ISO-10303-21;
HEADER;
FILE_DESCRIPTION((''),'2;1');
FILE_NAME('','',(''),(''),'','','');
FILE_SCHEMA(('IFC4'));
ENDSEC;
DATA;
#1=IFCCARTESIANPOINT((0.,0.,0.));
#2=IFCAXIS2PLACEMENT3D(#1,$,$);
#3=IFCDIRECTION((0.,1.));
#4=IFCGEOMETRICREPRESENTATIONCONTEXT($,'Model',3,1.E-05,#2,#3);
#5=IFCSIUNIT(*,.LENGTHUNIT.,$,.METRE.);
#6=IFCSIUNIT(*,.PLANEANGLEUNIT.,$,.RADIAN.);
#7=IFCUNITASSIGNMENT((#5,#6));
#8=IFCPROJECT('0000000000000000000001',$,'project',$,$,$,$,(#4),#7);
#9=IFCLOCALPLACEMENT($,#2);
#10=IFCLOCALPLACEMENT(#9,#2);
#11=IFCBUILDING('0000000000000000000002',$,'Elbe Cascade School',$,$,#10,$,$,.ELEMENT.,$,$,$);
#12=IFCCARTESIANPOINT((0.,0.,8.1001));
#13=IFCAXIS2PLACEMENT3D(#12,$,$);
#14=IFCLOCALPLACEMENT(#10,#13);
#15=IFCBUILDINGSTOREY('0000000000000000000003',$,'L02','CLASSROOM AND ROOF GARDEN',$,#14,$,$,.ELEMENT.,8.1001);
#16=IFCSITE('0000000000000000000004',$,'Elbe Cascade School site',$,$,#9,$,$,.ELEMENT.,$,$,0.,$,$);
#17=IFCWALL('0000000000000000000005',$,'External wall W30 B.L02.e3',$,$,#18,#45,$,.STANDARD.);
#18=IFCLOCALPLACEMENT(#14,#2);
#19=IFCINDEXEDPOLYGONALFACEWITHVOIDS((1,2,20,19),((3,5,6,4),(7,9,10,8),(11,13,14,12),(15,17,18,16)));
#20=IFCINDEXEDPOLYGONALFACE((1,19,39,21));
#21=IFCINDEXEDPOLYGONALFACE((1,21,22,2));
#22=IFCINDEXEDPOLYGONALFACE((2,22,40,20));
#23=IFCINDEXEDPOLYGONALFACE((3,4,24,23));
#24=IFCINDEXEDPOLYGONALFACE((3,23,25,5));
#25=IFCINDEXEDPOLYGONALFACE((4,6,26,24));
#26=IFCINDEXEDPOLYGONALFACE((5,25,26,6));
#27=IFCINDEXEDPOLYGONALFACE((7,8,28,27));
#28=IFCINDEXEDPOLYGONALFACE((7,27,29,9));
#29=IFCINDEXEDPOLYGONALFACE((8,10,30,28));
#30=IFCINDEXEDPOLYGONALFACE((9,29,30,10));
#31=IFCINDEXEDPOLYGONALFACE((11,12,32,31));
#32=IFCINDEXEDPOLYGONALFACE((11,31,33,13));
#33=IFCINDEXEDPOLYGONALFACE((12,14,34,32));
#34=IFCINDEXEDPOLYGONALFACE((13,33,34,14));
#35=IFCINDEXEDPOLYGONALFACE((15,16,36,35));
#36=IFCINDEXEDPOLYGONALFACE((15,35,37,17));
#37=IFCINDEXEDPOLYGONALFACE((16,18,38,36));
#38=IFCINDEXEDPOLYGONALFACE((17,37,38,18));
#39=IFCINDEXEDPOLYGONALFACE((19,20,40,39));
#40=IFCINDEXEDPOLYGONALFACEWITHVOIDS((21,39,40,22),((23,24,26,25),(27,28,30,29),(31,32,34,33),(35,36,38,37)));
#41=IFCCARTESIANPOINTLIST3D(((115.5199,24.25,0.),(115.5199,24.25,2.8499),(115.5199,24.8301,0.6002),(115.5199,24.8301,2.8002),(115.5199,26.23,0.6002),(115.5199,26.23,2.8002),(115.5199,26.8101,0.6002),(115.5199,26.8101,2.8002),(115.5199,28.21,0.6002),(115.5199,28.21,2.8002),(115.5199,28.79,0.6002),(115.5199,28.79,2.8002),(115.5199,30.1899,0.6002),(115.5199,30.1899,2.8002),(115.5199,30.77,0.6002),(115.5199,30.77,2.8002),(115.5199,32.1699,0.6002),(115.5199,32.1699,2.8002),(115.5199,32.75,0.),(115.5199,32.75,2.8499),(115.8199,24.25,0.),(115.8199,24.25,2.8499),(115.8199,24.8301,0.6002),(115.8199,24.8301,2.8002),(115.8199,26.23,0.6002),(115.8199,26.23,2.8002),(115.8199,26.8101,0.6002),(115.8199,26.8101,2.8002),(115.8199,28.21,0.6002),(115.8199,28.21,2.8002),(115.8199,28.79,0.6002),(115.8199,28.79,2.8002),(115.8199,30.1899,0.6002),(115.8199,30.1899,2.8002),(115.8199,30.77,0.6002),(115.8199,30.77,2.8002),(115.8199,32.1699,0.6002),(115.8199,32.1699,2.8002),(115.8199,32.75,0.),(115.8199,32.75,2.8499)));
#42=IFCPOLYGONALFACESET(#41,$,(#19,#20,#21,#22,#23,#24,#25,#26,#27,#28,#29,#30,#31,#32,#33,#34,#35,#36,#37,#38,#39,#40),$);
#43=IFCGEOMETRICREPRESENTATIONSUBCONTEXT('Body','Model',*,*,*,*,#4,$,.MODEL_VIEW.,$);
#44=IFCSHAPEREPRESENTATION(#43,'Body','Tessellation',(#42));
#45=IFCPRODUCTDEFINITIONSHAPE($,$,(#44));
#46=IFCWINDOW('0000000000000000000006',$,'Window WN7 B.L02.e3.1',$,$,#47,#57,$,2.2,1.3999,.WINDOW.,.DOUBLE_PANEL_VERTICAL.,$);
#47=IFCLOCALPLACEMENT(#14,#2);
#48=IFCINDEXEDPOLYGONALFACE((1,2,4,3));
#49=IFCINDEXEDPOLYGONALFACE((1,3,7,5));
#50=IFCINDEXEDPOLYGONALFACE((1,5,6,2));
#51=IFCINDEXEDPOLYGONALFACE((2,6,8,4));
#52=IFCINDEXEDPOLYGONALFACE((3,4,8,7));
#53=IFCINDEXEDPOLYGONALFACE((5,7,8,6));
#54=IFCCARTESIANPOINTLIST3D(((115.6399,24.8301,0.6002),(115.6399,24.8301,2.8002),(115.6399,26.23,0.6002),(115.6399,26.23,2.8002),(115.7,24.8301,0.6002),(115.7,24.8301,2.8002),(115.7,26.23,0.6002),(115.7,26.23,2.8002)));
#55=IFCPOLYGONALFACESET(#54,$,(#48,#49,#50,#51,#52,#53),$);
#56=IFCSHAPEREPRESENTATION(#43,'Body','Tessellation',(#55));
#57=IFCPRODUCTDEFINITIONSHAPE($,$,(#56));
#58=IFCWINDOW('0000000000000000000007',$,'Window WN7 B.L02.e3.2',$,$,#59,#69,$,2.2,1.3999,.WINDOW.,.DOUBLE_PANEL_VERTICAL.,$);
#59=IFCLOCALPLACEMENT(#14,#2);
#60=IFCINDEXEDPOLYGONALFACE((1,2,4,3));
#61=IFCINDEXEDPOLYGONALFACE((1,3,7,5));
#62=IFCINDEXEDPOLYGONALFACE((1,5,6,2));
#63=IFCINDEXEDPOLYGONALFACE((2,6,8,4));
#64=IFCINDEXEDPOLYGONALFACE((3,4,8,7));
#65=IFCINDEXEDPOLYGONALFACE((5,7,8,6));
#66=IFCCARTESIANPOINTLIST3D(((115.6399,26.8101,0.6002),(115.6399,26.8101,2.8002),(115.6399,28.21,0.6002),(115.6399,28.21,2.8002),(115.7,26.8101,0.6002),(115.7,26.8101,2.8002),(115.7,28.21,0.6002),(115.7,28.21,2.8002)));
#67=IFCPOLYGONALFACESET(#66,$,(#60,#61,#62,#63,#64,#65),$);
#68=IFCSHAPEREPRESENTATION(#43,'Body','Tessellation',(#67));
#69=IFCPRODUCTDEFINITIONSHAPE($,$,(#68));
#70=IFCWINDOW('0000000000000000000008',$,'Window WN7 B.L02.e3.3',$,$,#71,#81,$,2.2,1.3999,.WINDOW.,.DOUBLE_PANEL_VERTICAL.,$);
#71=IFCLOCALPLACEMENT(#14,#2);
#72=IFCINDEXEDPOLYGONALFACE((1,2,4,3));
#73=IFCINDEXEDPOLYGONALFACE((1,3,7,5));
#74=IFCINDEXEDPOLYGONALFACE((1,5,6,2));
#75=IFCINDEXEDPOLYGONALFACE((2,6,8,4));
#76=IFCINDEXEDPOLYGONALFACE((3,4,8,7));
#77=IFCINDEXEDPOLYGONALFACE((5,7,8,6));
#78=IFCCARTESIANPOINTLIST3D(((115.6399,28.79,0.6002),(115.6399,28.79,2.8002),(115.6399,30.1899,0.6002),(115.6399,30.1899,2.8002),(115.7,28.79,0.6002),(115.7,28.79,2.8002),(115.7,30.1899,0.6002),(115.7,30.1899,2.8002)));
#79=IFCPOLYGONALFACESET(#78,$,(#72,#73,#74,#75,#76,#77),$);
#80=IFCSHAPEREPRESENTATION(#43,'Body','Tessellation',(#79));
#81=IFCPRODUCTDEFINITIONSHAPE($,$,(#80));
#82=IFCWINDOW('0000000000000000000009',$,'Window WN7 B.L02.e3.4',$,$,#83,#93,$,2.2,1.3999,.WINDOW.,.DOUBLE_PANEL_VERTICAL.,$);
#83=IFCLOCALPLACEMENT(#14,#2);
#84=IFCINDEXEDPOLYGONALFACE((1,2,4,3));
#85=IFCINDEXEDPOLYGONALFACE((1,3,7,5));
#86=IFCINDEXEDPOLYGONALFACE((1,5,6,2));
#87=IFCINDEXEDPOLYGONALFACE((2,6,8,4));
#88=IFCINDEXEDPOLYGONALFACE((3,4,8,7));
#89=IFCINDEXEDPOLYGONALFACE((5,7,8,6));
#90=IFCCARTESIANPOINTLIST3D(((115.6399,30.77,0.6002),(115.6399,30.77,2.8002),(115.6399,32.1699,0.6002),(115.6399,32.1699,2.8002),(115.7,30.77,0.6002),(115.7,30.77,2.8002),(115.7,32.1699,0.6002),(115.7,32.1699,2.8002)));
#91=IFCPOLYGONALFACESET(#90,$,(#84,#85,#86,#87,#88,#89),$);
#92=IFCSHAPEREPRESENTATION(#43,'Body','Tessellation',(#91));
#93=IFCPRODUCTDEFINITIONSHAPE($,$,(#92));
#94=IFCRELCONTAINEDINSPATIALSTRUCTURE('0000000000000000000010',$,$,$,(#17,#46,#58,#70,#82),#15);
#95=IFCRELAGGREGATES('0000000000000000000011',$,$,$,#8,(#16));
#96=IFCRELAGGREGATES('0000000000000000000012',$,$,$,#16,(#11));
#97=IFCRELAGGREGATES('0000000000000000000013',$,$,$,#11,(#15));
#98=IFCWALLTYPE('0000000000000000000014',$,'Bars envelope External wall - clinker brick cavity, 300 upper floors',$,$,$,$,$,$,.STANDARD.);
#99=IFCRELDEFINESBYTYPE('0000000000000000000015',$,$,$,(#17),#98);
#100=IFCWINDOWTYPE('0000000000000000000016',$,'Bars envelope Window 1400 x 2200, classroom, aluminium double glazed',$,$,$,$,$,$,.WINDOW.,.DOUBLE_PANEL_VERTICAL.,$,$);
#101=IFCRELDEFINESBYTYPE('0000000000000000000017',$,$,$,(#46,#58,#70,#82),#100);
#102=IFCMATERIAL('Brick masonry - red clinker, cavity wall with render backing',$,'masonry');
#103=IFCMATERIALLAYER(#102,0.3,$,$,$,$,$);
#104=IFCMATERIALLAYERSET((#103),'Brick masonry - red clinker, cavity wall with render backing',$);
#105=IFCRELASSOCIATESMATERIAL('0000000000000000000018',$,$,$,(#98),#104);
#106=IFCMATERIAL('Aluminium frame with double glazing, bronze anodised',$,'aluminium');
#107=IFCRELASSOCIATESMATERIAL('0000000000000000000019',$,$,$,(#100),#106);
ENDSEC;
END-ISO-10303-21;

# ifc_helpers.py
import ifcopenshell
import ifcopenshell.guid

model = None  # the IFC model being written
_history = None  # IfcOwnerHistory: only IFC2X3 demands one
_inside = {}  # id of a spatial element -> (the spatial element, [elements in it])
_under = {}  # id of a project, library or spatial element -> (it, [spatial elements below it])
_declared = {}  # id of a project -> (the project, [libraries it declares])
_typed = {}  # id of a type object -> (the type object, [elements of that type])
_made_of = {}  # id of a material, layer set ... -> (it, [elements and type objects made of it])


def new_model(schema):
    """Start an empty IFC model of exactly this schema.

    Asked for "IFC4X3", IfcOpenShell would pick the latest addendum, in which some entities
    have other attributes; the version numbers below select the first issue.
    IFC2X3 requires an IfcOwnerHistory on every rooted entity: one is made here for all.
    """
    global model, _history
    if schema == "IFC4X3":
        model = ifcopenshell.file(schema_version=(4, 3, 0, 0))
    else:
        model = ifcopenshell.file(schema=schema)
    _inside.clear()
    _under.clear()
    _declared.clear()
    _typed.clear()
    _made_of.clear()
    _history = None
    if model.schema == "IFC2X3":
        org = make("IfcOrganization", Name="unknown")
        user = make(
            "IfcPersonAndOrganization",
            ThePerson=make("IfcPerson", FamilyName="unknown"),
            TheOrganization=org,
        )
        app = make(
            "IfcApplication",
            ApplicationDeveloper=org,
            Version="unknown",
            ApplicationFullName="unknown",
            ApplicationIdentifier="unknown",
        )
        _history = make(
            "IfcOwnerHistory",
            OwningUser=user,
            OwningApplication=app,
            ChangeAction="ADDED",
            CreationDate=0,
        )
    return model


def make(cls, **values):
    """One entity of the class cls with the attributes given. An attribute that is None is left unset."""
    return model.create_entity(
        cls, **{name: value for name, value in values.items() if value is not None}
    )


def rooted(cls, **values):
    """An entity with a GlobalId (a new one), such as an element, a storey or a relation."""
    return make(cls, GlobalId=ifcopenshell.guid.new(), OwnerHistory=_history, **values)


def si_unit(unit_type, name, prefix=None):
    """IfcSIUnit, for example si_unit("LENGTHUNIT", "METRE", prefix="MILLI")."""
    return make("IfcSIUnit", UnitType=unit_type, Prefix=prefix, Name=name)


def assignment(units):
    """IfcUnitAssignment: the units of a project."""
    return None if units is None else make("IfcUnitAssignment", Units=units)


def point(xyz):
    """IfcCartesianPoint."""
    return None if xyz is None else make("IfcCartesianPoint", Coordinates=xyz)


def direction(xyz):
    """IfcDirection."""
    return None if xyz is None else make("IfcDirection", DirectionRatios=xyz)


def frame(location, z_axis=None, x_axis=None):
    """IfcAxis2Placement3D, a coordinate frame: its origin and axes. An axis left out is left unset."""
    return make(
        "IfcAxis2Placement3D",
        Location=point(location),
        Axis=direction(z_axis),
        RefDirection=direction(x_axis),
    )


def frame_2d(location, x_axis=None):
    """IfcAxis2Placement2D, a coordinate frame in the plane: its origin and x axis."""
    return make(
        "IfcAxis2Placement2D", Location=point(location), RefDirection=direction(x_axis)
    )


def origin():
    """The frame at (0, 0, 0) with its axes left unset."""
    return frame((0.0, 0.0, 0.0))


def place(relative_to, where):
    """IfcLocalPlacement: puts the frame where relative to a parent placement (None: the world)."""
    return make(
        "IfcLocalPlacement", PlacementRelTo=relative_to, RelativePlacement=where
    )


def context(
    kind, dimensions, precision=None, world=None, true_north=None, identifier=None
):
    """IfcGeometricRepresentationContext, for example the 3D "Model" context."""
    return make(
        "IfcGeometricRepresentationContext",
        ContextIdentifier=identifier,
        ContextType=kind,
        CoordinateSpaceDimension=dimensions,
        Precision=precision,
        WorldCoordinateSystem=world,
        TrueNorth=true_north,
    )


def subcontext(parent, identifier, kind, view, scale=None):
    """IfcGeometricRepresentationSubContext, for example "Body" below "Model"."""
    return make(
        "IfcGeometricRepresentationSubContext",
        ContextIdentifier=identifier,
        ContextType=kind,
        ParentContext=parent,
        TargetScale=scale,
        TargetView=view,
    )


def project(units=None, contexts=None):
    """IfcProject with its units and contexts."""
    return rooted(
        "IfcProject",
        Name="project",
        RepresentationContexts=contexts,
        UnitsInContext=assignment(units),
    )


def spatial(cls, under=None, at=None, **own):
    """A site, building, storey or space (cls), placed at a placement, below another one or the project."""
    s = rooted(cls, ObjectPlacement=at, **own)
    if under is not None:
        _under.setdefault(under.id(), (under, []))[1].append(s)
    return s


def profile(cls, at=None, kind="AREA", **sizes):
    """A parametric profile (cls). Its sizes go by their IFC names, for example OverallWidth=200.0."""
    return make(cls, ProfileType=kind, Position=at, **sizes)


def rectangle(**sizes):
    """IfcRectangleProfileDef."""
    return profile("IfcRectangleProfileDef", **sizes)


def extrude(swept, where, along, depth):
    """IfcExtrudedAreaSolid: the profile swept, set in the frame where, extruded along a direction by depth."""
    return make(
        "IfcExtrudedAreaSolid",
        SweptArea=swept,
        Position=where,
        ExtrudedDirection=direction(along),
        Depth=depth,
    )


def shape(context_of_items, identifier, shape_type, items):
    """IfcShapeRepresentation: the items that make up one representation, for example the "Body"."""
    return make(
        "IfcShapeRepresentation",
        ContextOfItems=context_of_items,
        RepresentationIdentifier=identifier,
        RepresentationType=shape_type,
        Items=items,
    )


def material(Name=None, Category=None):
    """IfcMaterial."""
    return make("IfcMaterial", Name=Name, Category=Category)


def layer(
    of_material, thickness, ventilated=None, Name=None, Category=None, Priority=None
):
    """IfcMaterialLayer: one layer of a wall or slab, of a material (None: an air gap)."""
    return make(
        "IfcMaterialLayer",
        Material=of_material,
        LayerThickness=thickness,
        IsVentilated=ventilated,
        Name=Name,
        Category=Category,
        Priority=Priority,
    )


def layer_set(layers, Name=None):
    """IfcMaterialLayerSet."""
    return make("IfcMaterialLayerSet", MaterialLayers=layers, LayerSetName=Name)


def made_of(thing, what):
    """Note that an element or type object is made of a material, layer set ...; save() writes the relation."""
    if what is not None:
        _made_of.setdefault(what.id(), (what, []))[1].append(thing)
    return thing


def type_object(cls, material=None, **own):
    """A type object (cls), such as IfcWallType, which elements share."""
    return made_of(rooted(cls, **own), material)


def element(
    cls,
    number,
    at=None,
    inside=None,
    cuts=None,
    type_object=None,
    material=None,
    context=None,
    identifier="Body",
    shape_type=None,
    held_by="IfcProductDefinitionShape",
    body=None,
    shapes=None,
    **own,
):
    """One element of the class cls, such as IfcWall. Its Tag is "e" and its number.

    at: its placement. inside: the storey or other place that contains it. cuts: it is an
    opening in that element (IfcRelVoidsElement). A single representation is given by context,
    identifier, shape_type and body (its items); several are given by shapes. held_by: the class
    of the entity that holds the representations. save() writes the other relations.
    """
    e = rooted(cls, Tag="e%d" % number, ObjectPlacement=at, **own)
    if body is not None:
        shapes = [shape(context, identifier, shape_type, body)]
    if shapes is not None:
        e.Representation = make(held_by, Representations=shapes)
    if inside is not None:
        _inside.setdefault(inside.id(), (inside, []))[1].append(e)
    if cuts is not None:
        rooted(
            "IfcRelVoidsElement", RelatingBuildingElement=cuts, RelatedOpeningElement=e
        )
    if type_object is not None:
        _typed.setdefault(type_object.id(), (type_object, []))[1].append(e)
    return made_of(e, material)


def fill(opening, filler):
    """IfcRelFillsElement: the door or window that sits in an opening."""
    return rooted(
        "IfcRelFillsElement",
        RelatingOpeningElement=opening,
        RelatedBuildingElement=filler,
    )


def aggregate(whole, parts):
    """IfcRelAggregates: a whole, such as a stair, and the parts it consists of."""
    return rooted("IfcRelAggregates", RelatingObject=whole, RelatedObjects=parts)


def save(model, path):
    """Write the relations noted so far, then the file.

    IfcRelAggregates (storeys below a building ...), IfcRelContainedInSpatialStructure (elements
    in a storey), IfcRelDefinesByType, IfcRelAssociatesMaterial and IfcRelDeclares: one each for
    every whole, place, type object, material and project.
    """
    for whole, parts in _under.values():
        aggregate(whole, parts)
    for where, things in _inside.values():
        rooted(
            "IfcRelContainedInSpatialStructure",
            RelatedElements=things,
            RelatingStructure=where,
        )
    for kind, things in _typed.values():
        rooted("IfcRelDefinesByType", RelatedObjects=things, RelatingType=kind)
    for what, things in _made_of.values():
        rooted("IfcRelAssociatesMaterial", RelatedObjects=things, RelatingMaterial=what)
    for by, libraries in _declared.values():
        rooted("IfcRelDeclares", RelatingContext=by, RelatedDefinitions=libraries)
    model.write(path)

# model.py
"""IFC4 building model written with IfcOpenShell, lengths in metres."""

from ifc_helpers import new_model, si_unit, direction, frame, frame_2d, origin, place, context, subcontext, project, spatial, rectangle, extrude, material, layer, layer_set, type_object, element, fill, save


model = new_model("IFC4")

# Units and contexts
model_context = context("Model", 3, precision=1e-05, world=origin(), true_north=direction((0.0, 1.0)))
body_context = subcontext(model_context, "Body", "Model", "MODEL_VIEW")
ifc_project = project(units=[si_unit("LENGTHUNIT", "METRE"), si_unit("PLANEANGLEUNIT", "RADIAN")], contexts=[model_context])

# Site, building, storey
site_placement = place(None, origin())
site = spatial("IfcSite", under=ifc_project, at=site_placement, Name="Elbe Cascade School site", CompositionType="ELEMENT", RefElevation=0.0)
building_placement = place(site_placement, origin())
building = spatial("IfcBuilding", under=site, at=building_placement, Name="Elbe Cascade School", CompositionType="ELEMENT")
storey_placement = place(building_placement, frame((0.0, 0.0, 8.1001)))
storey = spatial("IfcBuildingStorey", under=building, at=storey_placement, Name="L02", Description="CLASSROOM AND ROOF GARDEN", CompositionType="ELEMENT", Elevation=8.1001)

# Wall, openings, windows
ifc_material_1 = material(Name="Brick masonry - red clinker, cavity wall with render backing", Category="masonry")
ifc_layer_1 = layer(ifc_material_1, 0.3)
ifc_layer_set_1 = layer_set([ifc_layer_1], Name="Brick masonry - red clinker, cavity wall with render backing")
wall_type_1 = type_object("IfcWallType", Name="Bars envelope External wall - clinker brick cavity, 300 upper floors", PredefinedType="STANDARD", material=ifc_layer_set_1)
wall_1_placement = place(storey_placement, frame((115.6699, 32.75, 0.0), z_axis=(0.0, 0.0, 1.0), x_axis=(0.0, -1.0, 0.0)))
wall_1 = element("IfcWall", 1, at=wall_1_placement, inside=storey, type_object=wall_type_1, Name="External wall W30 B.L02.e3", PredefinedType="STANDARD", context=body_context, shape_type="SweptSolid", body=[
    extrude(rectangle(XDim=8.5, YDim=0.3, at=frame_2d((4.25, 0.0))), origin(), (0.0, 0.0, 1.0), 2.8499),
])
opening_1_placement = place(wall_1_placement, frame((6.52, 0.0, 0.6001)))
opening_1 = element("IfcOpeningElement", 2, at=opening_1_placement, cuts=wall_1, PredefinedType="OPENING", context=body_context, shape_type="SweptSolid", body=[
    extrude(rectangle(XDim=1.3999, YDim=2.2, at=frame_2d((0.7, 1.1001))), frame((0.0, 0.1599, 0.0), z_axis=(0.0, -1.0, 0.0), x_axis=(1.0, 0.0, 0.0)), (0.0, 0.0, 1.0), 0.3201),
])
opening_2_placement = place(wall_1_placement, frame((4.54, 0.0, 0.6001)))
opening_2 = element("IfcOpeningElement", 3, at=opening_2_placement, cuts=wall_1, PredefinedType="OPENING", context=body_context, shape_type="SweptSolid", body=[
    extrude(rectangle(XDim=1.3999, YDim=2.2, at=frame_2d((0.7, 1.1001))), frame((0.0, 0.1599, 0.0), z_axis=(0.0, -1.0, 0.0), x_axis=(1.0, 0.0, 0.0)), (0.0, 0.0, 1.0), 0.3201),
])
opening_3_placement = place(wall_1_placement, frame((2.5601, 0.0, 0.6001)))
opening_3 = element("IfcOpeningElement", 4, at=opening_3_placement, cuts=wall_1, PredefinedType="OPENING", context=body_context, shape_type="SweptSolid", body=[
    extrude(rectangle(XDim=1.3999, YDim=2.2, at=frame_2d((0.7, 1.1001))), frame((0.0, 0.1599, 0.0), z_axis=(0.0, -1.0, 0.0), x_axis=(1.0, 0.0, 0.0)), (0.0, 0.0, 1.0), 0.3201),
])
opening_4_placement = place(wall_1_placement, frame((0.5801, 0.0, 0.6001)))
opening_4 = element("IfcOpeningElement", 5, at=opening_4_placement, cuts=wall_1, PredefinedType="OPENING", context=body_context, shape_type="SweptSolid", body=[
    extrude(rectangle(XDim=1.3999, YDim=2.2, at=frame_2d((0.7, 1.1001))), frame((0.0, 0.1599, 0.0), z_axis=(0.0, -1.0, 0.0), x_axis=(1.0, 0.0, 0.0)), (0.0, 0.0, 1.0), 0.3201),
])
ifc_material_2 = material(Name="Aluminium frame with double glazing, bronze anodised", Category="aluminium")
window_type = type_object("IfcWindowType", Name="Bars envelope Window 1400 x 2200, classroom, aluminium double glazed", PartitioningType="DOUBLE_PANEL_VERTICAL", PredefinedType="WINDOW", material=ifc_material_2)
window_1_placement = place(opening_1_placement, origin())
window_1 = element("IfcWindow", 6, at=window_1_placement, inside=storey, type_object=window_type, Name="Window WN7 B.L02.e3.1", OverallHeight=2.2, OverallWidth=1.3999, PartitioningType="DOUBLE_PANEL_VERTICAL", PredefinedType="WINDOW", context=body_context, shape_type="SweptSolid", body=[
    extrude(rectangle(XDim=1.3999, YDim=2.2, at=frame_2d((0.7, 1.1001))), frame((0.0, 0.03, 0.0), z_axis=(0.0, -1.0, 0.0), x_axis=(1.0, 0.0, 0.0)), (0.0, 0.0, 1.0), 0.0601),
])
fill(opening_1, window_1)
window_2_placement = place(opening_2_placement, origin())
window_2 = element("IfcWindow", 7, at=window_2_placement, inside=storey, type_object=window_type, Name="Window WN7 B.L02.e3.2", OverallHeight=2.2, OverallWidth=1.3999, PartitioningType="DOUBLE_PANEL_VERTICAL", PredefinedType="WINDOW", context=body_context, shape_type="SweptSolid", body=[
    extrude(rectangle(XDim=1.3999, YDim=2.2, at=frame_2d((0.7, 1.1001))), frame((0.0, 0.03, 0.0), z_axis=(0.0, -1.0, 0.0), x_axis=(1.0, 0.0, 0.0)), (0.0, 0.0, 1.0), 0.0601),
])
fill(opening_2, window_2)
window_3_placement = place(opening_3_placement, origin())
window_3 = element("IfcWindow", 8, at=window_3_placement, inside=storey, type_object=window_type, Name="Window WN7 B.L02.e3.3", OverallHeight=2.2, OverallWidth=1.3999, PartitioningType="DOUBLE_PANEL_VERTICAL", PredefinedType="WINDOW", context=body_context, shape_type="SweptSolid", body=[
    extrude(rectangle(XDim=1.3999, YDim=2.2, at=frame_2d((0.7, 1.1001))), frame((0.0, 0.03, 0.0), z_axis=(0.0, -1.0, 0.0), x_axis=(1.0, 0.0, 0.0)), (0.0, 0.0, 1.0), 0.0601),
])
fill(opening_3, window_3)
window_4_placement = place(opening_4_placement, origin())
window_4 = element("IfcWindow", 9, at=window_4_placement, inside=storey, type_object=window_type, Name="Window WN7 B.L02.e3.4", OverallHeight=2.2, OverallWidth=1.3999, PartitioningType="DOUBLE_PANEL_VERTICAL", PredefinedType="WINDOW", context=body_context, shape_type="SweptSolid", body=[
    extrude(rectangle(XDim=1.3999, YDim=2.2, at=frame_2d((0.7, 1.1001))), frame((0.0, 0.03, 0.0), z_axis=(0.0, -1.0, 0.0), x_axis=(1.0, 0.0, 0.0)), (0.0, 0.0, 1.0), 0.0601),
])
fill(opening_4, window_4)

save(model, "model.ifc")
